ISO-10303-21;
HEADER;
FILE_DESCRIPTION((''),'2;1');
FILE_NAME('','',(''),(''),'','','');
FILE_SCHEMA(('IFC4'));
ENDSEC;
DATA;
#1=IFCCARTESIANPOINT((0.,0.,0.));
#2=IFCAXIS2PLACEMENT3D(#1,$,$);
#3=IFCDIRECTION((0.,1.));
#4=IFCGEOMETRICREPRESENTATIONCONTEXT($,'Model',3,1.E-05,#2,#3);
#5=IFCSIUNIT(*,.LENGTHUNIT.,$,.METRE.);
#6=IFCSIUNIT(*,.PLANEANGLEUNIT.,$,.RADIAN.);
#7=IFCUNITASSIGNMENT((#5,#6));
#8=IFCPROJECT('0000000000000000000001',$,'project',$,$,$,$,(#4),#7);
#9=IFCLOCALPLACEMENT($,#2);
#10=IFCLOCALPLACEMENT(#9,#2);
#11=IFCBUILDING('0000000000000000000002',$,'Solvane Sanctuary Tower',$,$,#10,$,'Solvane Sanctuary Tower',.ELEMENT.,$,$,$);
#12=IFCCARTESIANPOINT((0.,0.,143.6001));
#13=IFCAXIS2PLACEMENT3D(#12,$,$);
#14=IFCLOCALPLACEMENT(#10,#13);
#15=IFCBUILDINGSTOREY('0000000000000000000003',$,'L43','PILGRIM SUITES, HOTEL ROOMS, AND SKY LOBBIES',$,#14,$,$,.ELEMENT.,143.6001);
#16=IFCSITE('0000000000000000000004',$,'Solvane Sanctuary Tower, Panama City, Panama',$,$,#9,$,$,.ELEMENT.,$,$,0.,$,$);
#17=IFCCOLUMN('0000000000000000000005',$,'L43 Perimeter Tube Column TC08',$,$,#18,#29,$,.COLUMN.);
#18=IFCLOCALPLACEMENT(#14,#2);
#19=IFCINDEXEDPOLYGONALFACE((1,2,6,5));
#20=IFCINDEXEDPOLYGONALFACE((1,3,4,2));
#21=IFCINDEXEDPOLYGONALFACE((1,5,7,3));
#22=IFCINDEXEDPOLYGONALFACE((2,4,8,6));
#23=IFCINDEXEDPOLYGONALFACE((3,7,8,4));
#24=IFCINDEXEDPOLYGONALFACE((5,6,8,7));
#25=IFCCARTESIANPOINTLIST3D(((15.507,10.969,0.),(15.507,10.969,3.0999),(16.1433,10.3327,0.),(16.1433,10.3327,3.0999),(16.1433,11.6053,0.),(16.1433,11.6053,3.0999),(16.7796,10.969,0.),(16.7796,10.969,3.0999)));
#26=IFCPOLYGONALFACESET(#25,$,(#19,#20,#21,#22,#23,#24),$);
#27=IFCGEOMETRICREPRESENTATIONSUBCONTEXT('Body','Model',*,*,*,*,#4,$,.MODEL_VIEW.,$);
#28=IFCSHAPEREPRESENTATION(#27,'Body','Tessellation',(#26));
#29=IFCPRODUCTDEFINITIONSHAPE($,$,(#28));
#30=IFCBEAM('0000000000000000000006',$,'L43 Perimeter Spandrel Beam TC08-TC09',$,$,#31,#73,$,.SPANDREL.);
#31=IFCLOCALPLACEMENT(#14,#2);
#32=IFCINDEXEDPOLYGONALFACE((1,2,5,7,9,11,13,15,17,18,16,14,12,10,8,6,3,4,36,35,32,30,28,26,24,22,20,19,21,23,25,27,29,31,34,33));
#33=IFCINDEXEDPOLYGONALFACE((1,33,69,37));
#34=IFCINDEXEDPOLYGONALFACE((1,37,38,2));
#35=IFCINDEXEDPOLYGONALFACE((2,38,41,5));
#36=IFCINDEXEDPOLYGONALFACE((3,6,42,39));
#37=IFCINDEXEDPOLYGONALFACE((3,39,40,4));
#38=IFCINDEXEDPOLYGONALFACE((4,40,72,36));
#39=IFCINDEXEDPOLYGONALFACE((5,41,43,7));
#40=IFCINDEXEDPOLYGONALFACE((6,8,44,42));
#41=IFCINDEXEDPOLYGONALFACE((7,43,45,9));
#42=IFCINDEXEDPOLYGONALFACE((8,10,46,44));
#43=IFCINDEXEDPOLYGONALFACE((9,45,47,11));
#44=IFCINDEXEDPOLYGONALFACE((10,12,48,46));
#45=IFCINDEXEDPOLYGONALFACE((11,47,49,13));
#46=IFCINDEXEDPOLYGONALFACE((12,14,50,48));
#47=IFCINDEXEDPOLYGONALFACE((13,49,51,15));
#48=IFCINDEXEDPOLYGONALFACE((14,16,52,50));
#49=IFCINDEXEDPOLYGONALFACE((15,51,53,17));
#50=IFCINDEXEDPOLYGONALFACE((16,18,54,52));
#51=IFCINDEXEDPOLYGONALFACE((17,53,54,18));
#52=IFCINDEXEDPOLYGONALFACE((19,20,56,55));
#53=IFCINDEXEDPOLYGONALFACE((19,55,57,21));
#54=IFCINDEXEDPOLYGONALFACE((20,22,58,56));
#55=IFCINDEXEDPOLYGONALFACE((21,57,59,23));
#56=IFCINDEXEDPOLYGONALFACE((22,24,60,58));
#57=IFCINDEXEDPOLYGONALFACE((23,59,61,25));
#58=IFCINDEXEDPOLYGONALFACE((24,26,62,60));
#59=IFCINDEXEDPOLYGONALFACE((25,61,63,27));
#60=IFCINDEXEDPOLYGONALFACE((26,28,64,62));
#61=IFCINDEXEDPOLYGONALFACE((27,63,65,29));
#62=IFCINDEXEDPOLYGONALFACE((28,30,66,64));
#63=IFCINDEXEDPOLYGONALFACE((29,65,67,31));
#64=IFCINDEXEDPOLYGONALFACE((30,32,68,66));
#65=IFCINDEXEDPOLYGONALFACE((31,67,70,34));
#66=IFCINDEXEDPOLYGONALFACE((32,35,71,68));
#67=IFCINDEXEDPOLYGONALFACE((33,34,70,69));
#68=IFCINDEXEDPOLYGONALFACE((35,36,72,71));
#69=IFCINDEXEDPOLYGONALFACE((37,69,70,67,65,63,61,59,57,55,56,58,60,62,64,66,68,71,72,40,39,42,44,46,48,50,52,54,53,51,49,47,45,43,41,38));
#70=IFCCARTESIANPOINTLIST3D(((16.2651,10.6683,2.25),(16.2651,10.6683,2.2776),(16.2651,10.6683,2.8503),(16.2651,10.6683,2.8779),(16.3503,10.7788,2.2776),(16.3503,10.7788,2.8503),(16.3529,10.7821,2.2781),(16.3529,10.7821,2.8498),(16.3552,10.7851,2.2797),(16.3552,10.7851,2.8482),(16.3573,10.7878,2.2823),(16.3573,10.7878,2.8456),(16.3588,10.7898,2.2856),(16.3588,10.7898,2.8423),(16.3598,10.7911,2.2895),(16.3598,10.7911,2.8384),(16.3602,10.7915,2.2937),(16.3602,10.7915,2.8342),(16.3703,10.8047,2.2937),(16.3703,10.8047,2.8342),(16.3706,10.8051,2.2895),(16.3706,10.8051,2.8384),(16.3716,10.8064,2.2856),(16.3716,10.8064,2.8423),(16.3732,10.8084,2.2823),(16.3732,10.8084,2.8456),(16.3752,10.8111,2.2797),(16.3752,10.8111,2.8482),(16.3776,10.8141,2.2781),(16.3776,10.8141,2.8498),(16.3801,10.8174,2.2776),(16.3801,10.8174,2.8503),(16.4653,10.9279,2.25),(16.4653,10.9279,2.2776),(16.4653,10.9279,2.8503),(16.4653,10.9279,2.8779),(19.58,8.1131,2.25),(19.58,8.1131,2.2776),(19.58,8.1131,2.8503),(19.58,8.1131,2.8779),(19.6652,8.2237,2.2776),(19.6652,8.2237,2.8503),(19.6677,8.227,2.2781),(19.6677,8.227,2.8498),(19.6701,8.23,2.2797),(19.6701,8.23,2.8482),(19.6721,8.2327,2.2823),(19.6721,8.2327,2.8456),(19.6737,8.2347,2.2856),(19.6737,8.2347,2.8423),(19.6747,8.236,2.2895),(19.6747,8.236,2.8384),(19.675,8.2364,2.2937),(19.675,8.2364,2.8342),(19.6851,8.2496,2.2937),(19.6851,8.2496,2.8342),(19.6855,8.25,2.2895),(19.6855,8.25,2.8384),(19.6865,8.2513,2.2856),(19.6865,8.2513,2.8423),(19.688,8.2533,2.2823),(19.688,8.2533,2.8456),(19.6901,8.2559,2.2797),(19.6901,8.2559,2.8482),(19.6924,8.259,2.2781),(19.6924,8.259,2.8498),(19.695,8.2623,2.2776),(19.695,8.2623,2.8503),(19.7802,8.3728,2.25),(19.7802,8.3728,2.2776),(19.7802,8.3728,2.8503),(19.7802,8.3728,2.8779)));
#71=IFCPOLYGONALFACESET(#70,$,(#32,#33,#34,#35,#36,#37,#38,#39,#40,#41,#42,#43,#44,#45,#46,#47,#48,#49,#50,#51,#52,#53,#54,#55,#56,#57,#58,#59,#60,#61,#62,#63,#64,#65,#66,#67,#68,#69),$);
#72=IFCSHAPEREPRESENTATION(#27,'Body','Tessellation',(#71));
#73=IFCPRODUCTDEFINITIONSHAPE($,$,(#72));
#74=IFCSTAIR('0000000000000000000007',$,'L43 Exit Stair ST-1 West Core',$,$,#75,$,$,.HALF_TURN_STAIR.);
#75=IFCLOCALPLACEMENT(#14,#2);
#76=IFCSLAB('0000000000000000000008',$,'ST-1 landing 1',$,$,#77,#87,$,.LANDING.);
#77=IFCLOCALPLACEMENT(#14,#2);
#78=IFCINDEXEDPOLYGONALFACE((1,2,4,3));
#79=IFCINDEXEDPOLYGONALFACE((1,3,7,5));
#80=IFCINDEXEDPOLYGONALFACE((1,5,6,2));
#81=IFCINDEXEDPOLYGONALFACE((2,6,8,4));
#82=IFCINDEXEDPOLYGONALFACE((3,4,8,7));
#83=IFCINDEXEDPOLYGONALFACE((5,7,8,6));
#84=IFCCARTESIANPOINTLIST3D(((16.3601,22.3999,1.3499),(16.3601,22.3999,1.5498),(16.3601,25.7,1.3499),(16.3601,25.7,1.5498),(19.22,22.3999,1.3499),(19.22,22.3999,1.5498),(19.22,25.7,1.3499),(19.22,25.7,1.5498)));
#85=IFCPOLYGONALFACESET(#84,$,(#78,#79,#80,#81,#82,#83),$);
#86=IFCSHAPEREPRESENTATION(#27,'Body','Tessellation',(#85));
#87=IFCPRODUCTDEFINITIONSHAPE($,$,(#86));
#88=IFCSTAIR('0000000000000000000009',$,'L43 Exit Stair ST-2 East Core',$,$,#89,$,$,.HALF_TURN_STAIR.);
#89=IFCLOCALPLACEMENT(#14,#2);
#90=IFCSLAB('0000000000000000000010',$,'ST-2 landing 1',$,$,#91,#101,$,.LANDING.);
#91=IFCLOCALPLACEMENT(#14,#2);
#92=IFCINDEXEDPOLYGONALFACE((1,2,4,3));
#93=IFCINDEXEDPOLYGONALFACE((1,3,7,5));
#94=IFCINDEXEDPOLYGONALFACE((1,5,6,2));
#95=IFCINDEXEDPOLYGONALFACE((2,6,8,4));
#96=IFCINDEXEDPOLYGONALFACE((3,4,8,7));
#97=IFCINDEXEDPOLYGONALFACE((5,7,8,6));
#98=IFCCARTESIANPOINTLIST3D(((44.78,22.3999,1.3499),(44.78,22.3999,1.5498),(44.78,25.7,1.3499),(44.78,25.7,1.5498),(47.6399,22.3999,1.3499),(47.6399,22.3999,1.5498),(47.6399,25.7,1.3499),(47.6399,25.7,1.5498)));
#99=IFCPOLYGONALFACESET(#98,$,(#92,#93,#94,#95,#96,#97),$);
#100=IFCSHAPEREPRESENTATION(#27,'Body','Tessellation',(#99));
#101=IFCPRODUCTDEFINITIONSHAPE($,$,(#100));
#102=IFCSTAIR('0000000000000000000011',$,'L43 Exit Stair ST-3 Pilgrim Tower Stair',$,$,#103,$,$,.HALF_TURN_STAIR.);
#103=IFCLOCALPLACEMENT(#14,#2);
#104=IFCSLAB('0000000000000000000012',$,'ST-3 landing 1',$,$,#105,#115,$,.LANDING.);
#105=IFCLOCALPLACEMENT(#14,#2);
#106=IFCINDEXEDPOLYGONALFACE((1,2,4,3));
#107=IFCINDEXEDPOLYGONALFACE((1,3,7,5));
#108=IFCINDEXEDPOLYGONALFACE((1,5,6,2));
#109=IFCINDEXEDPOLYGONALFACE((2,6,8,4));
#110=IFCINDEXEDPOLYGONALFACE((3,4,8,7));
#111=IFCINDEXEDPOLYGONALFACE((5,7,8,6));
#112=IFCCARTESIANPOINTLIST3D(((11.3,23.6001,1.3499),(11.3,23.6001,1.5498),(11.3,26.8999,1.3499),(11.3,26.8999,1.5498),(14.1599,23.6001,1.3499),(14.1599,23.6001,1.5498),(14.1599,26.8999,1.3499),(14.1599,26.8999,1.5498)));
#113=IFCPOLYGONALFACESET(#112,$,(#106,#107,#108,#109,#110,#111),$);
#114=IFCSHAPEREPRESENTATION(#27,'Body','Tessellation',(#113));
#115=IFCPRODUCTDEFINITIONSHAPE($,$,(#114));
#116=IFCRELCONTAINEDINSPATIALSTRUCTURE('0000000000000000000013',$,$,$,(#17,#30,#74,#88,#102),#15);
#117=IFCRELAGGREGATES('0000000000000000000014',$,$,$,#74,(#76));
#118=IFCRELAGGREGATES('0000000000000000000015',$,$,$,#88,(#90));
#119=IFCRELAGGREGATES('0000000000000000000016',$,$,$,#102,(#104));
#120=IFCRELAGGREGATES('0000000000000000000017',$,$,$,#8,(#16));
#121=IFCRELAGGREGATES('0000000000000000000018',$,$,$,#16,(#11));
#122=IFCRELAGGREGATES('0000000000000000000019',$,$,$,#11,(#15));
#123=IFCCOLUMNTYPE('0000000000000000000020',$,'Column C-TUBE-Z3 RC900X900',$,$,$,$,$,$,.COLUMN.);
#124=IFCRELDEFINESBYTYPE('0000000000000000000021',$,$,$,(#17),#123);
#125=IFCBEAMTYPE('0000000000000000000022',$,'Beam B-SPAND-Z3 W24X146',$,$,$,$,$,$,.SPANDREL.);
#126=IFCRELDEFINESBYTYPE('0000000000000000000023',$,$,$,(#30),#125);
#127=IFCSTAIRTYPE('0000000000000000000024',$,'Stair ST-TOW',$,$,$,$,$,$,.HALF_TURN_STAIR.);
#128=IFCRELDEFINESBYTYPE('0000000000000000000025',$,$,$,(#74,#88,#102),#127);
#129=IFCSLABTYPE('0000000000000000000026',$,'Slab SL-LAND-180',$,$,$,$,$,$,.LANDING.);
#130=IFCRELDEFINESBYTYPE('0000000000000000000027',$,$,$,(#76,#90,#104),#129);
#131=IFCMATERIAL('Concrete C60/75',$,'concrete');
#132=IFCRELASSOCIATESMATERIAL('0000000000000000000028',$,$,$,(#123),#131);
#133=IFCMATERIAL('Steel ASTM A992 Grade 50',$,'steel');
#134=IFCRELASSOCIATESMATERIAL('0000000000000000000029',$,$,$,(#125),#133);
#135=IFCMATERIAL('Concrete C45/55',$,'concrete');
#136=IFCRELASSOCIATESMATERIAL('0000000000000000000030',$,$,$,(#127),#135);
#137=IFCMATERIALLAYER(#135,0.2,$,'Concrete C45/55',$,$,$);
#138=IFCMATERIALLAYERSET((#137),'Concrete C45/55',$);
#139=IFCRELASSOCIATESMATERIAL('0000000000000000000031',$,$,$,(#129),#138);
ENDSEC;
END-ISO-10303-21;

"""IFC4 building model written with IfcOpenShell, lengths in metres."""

from ifc_helpers import new_model, si_unit, direction, frame, origin, origin_2d, place, context, subcontext, project, spatial, polyline, rectangle, i_section, outline, extrude, material, layer, layer_set, material_profile, profile_set, type_object, element, aggregate, save


model = new_model("IFC4")

# Units and contexts
model_context = context("Model", 3, precision=1e-05, world=origin(), true_north=direction((0.0, 1.0)))
body_context = subcontext(model_context, "Body", "Model", "MODEL_VIEW")
ifc_project = project(units=[si_unit("LENGTHUNIT", "METRE"), si_unit("PLANEANGLEUNIT", "RADIAN")], contexts=[model_context])

# Site, building, storey
site_placement = place(None, origin())
site = spatial("IfcSite", under=ifc_project, at=site_placement, Name="Solvane Sanctuary Tower, Panama City, Panama", CompositionType="ELEMENT", RefElevation=0.0)
building_placement = place(site_placement, origin())
building = spatial("IfcBuilding", under=site, at=building_placement, Name="Solvane Sanctuary Tower", LongName="Solvane Sanctuary Tower", CompositionType="ELEMENT")
storey_placement = place(building_placement, frame((0.0, 0.0, 143.6001)))
storey = spatial("IfcBuildingStorey", under=building, at=storey_placement, Name="L43", Description="PILGRIM SUITES, HOTEL ROOMS, AND SKY LOBBIES", CompositionType="ELEMENT", Elevation=143.6001)

# Column
ifc_material_1 = material(Name="Concrete C60/75", Category="concrete")
ifc_material_profile_1 = material_profile(ifc_material_1, rectangle(XDim=0.8999, YDim=0.8999, at=origin_2d()), Name="RC900X900")
ifc_profile_set_1 = profile_set([ifc_material_profile_1], Name="Concrete C60/75")
column_type = type_object("IfcColumnType", Name="Column C-TUBE-Z3 RC900X900", PredefinedType="COLUMN", material=ifc_profile_set_1)
column_placement = place(storey_placement, frame((16.1433, 10.969, 0.0), z_axis=(0.0, 0.0, 1.0), x_axis=(-0.707107, -0.707107, 0.0)))
element("IfcColumn", 1, at=column_placement, inside=storey, type_object=column_type, Name="L43 Perimeter Tube Column TC08", PredefinedType="COLUMN", context=body_context, shape_type="SweptSolid", body=[
    extrude(rectangle(XDim=0.8999, YDim=0.8999, at=origin_2d()), origin(), (0.0, 0.0, 1.0), 3.0999),
])

# Beam
ifc_material_2 = material(Name="Steel ASTM A992 Grade 50", Category="steel")
ifc_material_profile_2 = material_profile(ifc_material_2, i_section(OverallWidth=0.3279, OverallDepth=0.6279, WebThickness=0.0166, FlangeThickness=0.0276, FilletRadius=0.0161, at=origin_2d()), Name="W24X146")
ifc_profile_set_2 = profile_set([ifc_material_profile_2], Name="Steel ASTM A992 Grade 50")
beam_type = type_object("IfcBeamType", Name="Beam B-SPAND-Z3 W24X146", PredefinedType="SPANDREL", material=ifc_profile_set_2)
beam_placement = place(storey_placement, frame((16.3652, 10.7981, 2.564), z_axis=(0.792021, -0.610494, 0.0), x_axis=(0.610494, 0.792021, 0.0)))
element("IfcBeam", 2, at=beam_placement, inside=storey, type_object=beam_type, Name="L43 Perimeter Spandrel Beam TC08-TC09", PredefinedType="SPANDREL", context=body_context, shape_type="SweptSolid", body=[
    extrude(i_section(OverallWidth=0.3279, OverallDepth=0.6279, WebThickness=0.0166, FlangeThickness=0.0276, FilletRadius=0.0161, at=origin_2d()), origin(), (0.0, 0.0, 1.0), 4.1853),
])

# Stairs, slabs
ifc_material_3 = material(Name="Concrete C45/55", Category="concrete")
stair_type = type_object("IfcStairType", Name="Stair ST-TOW", PredefinedType="HALF_TURN_STAIR", material=ifc_material_3)
stair_1_placement = place(storey_placement, origin())
stair_1 = element("IfcStair", 3, at=stair_1_placement, inside=storey, type_object=stair_type, Name="L43 Exit Stair ST-1 West Core", PredefinedType="HALF_TURN_STAIR")
ifc_layer_1 = layer(ifc_material_3, 0.2, Name="Concrete C45/55")
ifc_layer_set_1 = layer_set([ifc_layer_1], Name="Concrete C45/55")
slab_type_1 = type_object("IfcSlabType", Name="Slab SL-LAND-180", PredefinedType="LANDING", material=ifc_layer_set_1)
slab_1_placement = place(storey_placement, frame((0.0, 0.0, 1.3499)))
slab_1 = element("IfcSlab", 4, at=slab_1_placement, type_object=slab_type_1, Name="ST-1 landing 1", PredefinedType="LANDING", context=body_context, shape_type="SweptSolid", body=[
    extrude(outline(polyline([(19.22, 22.3999), (19.22, 25.7), (16.3601, 25.7), (16.3601, 22.3999), (19.22, 22.3999)])), origin(), (0.0, 0.0, 1.0), 0.2),
])
aggregate(stair_1, [slab_1])
stair_2_placement = place(storey_placement, origin())
stair_2 = element("IfcStair", 5, at=stair_2_placement, inside=storey, type_object=stair_type, Name="L43 Exit Stair ST-2 East Core", PredefinedType="HALF_TURN_STAIR")
slab_2_placement = place(storey_placement, frame((0.0, 0.0, 1.3499)))
slab_2 = element("IfcSlab", 6, at=slab_2_placement, type_object=slab_type_1, Name="ST-2 landing 1", PredefinedType="LANDING", context=body_context, shape_type="SweptSolid", body=[
    extrude(outline(polyline([(47.6399, 22.3999), (47.6399, 25.7), (44.78, 25.7), (44.78, 22.3999), (47.6399, 22.3999)])), origin(), (0.0, 0.0, 1.0), 0.2),
])
aggregate(stair_2, [slab_2])
stair_3_placement = place(storey_placement, origin())
stair_3 = element("IfcStair", 7, at=stair_3_placement, inside=storey, type_object=stair_type, Name="L43 Exit Stair ST-3 Pilgrim Tower Stair", PredefinedType="HALF_TURN_STAIR")
slab_3_placement = place(storey_placement, frame((0.0, 0.0, 1.3499)))
slab_3 = element("IfcSlab", 8, at=slab_3_placement, type_object=slab_type_1, Name="ST-3 landing 1", PredefinedType="LANDING", context=body_context, shape_type="SweptSolid", body=[
    extrude(outline(polyline([(14.1599, 23.6001), (14.1599, 26.8999), (11.3, 26.8999), (11.3, 23.6001), (14.1599, 23.6001)])), origin(), (0.0, 0.0, 1.0), 0.2),
])
aggregate(stair_3, [slab_3])

save(model, "model.ifc")
